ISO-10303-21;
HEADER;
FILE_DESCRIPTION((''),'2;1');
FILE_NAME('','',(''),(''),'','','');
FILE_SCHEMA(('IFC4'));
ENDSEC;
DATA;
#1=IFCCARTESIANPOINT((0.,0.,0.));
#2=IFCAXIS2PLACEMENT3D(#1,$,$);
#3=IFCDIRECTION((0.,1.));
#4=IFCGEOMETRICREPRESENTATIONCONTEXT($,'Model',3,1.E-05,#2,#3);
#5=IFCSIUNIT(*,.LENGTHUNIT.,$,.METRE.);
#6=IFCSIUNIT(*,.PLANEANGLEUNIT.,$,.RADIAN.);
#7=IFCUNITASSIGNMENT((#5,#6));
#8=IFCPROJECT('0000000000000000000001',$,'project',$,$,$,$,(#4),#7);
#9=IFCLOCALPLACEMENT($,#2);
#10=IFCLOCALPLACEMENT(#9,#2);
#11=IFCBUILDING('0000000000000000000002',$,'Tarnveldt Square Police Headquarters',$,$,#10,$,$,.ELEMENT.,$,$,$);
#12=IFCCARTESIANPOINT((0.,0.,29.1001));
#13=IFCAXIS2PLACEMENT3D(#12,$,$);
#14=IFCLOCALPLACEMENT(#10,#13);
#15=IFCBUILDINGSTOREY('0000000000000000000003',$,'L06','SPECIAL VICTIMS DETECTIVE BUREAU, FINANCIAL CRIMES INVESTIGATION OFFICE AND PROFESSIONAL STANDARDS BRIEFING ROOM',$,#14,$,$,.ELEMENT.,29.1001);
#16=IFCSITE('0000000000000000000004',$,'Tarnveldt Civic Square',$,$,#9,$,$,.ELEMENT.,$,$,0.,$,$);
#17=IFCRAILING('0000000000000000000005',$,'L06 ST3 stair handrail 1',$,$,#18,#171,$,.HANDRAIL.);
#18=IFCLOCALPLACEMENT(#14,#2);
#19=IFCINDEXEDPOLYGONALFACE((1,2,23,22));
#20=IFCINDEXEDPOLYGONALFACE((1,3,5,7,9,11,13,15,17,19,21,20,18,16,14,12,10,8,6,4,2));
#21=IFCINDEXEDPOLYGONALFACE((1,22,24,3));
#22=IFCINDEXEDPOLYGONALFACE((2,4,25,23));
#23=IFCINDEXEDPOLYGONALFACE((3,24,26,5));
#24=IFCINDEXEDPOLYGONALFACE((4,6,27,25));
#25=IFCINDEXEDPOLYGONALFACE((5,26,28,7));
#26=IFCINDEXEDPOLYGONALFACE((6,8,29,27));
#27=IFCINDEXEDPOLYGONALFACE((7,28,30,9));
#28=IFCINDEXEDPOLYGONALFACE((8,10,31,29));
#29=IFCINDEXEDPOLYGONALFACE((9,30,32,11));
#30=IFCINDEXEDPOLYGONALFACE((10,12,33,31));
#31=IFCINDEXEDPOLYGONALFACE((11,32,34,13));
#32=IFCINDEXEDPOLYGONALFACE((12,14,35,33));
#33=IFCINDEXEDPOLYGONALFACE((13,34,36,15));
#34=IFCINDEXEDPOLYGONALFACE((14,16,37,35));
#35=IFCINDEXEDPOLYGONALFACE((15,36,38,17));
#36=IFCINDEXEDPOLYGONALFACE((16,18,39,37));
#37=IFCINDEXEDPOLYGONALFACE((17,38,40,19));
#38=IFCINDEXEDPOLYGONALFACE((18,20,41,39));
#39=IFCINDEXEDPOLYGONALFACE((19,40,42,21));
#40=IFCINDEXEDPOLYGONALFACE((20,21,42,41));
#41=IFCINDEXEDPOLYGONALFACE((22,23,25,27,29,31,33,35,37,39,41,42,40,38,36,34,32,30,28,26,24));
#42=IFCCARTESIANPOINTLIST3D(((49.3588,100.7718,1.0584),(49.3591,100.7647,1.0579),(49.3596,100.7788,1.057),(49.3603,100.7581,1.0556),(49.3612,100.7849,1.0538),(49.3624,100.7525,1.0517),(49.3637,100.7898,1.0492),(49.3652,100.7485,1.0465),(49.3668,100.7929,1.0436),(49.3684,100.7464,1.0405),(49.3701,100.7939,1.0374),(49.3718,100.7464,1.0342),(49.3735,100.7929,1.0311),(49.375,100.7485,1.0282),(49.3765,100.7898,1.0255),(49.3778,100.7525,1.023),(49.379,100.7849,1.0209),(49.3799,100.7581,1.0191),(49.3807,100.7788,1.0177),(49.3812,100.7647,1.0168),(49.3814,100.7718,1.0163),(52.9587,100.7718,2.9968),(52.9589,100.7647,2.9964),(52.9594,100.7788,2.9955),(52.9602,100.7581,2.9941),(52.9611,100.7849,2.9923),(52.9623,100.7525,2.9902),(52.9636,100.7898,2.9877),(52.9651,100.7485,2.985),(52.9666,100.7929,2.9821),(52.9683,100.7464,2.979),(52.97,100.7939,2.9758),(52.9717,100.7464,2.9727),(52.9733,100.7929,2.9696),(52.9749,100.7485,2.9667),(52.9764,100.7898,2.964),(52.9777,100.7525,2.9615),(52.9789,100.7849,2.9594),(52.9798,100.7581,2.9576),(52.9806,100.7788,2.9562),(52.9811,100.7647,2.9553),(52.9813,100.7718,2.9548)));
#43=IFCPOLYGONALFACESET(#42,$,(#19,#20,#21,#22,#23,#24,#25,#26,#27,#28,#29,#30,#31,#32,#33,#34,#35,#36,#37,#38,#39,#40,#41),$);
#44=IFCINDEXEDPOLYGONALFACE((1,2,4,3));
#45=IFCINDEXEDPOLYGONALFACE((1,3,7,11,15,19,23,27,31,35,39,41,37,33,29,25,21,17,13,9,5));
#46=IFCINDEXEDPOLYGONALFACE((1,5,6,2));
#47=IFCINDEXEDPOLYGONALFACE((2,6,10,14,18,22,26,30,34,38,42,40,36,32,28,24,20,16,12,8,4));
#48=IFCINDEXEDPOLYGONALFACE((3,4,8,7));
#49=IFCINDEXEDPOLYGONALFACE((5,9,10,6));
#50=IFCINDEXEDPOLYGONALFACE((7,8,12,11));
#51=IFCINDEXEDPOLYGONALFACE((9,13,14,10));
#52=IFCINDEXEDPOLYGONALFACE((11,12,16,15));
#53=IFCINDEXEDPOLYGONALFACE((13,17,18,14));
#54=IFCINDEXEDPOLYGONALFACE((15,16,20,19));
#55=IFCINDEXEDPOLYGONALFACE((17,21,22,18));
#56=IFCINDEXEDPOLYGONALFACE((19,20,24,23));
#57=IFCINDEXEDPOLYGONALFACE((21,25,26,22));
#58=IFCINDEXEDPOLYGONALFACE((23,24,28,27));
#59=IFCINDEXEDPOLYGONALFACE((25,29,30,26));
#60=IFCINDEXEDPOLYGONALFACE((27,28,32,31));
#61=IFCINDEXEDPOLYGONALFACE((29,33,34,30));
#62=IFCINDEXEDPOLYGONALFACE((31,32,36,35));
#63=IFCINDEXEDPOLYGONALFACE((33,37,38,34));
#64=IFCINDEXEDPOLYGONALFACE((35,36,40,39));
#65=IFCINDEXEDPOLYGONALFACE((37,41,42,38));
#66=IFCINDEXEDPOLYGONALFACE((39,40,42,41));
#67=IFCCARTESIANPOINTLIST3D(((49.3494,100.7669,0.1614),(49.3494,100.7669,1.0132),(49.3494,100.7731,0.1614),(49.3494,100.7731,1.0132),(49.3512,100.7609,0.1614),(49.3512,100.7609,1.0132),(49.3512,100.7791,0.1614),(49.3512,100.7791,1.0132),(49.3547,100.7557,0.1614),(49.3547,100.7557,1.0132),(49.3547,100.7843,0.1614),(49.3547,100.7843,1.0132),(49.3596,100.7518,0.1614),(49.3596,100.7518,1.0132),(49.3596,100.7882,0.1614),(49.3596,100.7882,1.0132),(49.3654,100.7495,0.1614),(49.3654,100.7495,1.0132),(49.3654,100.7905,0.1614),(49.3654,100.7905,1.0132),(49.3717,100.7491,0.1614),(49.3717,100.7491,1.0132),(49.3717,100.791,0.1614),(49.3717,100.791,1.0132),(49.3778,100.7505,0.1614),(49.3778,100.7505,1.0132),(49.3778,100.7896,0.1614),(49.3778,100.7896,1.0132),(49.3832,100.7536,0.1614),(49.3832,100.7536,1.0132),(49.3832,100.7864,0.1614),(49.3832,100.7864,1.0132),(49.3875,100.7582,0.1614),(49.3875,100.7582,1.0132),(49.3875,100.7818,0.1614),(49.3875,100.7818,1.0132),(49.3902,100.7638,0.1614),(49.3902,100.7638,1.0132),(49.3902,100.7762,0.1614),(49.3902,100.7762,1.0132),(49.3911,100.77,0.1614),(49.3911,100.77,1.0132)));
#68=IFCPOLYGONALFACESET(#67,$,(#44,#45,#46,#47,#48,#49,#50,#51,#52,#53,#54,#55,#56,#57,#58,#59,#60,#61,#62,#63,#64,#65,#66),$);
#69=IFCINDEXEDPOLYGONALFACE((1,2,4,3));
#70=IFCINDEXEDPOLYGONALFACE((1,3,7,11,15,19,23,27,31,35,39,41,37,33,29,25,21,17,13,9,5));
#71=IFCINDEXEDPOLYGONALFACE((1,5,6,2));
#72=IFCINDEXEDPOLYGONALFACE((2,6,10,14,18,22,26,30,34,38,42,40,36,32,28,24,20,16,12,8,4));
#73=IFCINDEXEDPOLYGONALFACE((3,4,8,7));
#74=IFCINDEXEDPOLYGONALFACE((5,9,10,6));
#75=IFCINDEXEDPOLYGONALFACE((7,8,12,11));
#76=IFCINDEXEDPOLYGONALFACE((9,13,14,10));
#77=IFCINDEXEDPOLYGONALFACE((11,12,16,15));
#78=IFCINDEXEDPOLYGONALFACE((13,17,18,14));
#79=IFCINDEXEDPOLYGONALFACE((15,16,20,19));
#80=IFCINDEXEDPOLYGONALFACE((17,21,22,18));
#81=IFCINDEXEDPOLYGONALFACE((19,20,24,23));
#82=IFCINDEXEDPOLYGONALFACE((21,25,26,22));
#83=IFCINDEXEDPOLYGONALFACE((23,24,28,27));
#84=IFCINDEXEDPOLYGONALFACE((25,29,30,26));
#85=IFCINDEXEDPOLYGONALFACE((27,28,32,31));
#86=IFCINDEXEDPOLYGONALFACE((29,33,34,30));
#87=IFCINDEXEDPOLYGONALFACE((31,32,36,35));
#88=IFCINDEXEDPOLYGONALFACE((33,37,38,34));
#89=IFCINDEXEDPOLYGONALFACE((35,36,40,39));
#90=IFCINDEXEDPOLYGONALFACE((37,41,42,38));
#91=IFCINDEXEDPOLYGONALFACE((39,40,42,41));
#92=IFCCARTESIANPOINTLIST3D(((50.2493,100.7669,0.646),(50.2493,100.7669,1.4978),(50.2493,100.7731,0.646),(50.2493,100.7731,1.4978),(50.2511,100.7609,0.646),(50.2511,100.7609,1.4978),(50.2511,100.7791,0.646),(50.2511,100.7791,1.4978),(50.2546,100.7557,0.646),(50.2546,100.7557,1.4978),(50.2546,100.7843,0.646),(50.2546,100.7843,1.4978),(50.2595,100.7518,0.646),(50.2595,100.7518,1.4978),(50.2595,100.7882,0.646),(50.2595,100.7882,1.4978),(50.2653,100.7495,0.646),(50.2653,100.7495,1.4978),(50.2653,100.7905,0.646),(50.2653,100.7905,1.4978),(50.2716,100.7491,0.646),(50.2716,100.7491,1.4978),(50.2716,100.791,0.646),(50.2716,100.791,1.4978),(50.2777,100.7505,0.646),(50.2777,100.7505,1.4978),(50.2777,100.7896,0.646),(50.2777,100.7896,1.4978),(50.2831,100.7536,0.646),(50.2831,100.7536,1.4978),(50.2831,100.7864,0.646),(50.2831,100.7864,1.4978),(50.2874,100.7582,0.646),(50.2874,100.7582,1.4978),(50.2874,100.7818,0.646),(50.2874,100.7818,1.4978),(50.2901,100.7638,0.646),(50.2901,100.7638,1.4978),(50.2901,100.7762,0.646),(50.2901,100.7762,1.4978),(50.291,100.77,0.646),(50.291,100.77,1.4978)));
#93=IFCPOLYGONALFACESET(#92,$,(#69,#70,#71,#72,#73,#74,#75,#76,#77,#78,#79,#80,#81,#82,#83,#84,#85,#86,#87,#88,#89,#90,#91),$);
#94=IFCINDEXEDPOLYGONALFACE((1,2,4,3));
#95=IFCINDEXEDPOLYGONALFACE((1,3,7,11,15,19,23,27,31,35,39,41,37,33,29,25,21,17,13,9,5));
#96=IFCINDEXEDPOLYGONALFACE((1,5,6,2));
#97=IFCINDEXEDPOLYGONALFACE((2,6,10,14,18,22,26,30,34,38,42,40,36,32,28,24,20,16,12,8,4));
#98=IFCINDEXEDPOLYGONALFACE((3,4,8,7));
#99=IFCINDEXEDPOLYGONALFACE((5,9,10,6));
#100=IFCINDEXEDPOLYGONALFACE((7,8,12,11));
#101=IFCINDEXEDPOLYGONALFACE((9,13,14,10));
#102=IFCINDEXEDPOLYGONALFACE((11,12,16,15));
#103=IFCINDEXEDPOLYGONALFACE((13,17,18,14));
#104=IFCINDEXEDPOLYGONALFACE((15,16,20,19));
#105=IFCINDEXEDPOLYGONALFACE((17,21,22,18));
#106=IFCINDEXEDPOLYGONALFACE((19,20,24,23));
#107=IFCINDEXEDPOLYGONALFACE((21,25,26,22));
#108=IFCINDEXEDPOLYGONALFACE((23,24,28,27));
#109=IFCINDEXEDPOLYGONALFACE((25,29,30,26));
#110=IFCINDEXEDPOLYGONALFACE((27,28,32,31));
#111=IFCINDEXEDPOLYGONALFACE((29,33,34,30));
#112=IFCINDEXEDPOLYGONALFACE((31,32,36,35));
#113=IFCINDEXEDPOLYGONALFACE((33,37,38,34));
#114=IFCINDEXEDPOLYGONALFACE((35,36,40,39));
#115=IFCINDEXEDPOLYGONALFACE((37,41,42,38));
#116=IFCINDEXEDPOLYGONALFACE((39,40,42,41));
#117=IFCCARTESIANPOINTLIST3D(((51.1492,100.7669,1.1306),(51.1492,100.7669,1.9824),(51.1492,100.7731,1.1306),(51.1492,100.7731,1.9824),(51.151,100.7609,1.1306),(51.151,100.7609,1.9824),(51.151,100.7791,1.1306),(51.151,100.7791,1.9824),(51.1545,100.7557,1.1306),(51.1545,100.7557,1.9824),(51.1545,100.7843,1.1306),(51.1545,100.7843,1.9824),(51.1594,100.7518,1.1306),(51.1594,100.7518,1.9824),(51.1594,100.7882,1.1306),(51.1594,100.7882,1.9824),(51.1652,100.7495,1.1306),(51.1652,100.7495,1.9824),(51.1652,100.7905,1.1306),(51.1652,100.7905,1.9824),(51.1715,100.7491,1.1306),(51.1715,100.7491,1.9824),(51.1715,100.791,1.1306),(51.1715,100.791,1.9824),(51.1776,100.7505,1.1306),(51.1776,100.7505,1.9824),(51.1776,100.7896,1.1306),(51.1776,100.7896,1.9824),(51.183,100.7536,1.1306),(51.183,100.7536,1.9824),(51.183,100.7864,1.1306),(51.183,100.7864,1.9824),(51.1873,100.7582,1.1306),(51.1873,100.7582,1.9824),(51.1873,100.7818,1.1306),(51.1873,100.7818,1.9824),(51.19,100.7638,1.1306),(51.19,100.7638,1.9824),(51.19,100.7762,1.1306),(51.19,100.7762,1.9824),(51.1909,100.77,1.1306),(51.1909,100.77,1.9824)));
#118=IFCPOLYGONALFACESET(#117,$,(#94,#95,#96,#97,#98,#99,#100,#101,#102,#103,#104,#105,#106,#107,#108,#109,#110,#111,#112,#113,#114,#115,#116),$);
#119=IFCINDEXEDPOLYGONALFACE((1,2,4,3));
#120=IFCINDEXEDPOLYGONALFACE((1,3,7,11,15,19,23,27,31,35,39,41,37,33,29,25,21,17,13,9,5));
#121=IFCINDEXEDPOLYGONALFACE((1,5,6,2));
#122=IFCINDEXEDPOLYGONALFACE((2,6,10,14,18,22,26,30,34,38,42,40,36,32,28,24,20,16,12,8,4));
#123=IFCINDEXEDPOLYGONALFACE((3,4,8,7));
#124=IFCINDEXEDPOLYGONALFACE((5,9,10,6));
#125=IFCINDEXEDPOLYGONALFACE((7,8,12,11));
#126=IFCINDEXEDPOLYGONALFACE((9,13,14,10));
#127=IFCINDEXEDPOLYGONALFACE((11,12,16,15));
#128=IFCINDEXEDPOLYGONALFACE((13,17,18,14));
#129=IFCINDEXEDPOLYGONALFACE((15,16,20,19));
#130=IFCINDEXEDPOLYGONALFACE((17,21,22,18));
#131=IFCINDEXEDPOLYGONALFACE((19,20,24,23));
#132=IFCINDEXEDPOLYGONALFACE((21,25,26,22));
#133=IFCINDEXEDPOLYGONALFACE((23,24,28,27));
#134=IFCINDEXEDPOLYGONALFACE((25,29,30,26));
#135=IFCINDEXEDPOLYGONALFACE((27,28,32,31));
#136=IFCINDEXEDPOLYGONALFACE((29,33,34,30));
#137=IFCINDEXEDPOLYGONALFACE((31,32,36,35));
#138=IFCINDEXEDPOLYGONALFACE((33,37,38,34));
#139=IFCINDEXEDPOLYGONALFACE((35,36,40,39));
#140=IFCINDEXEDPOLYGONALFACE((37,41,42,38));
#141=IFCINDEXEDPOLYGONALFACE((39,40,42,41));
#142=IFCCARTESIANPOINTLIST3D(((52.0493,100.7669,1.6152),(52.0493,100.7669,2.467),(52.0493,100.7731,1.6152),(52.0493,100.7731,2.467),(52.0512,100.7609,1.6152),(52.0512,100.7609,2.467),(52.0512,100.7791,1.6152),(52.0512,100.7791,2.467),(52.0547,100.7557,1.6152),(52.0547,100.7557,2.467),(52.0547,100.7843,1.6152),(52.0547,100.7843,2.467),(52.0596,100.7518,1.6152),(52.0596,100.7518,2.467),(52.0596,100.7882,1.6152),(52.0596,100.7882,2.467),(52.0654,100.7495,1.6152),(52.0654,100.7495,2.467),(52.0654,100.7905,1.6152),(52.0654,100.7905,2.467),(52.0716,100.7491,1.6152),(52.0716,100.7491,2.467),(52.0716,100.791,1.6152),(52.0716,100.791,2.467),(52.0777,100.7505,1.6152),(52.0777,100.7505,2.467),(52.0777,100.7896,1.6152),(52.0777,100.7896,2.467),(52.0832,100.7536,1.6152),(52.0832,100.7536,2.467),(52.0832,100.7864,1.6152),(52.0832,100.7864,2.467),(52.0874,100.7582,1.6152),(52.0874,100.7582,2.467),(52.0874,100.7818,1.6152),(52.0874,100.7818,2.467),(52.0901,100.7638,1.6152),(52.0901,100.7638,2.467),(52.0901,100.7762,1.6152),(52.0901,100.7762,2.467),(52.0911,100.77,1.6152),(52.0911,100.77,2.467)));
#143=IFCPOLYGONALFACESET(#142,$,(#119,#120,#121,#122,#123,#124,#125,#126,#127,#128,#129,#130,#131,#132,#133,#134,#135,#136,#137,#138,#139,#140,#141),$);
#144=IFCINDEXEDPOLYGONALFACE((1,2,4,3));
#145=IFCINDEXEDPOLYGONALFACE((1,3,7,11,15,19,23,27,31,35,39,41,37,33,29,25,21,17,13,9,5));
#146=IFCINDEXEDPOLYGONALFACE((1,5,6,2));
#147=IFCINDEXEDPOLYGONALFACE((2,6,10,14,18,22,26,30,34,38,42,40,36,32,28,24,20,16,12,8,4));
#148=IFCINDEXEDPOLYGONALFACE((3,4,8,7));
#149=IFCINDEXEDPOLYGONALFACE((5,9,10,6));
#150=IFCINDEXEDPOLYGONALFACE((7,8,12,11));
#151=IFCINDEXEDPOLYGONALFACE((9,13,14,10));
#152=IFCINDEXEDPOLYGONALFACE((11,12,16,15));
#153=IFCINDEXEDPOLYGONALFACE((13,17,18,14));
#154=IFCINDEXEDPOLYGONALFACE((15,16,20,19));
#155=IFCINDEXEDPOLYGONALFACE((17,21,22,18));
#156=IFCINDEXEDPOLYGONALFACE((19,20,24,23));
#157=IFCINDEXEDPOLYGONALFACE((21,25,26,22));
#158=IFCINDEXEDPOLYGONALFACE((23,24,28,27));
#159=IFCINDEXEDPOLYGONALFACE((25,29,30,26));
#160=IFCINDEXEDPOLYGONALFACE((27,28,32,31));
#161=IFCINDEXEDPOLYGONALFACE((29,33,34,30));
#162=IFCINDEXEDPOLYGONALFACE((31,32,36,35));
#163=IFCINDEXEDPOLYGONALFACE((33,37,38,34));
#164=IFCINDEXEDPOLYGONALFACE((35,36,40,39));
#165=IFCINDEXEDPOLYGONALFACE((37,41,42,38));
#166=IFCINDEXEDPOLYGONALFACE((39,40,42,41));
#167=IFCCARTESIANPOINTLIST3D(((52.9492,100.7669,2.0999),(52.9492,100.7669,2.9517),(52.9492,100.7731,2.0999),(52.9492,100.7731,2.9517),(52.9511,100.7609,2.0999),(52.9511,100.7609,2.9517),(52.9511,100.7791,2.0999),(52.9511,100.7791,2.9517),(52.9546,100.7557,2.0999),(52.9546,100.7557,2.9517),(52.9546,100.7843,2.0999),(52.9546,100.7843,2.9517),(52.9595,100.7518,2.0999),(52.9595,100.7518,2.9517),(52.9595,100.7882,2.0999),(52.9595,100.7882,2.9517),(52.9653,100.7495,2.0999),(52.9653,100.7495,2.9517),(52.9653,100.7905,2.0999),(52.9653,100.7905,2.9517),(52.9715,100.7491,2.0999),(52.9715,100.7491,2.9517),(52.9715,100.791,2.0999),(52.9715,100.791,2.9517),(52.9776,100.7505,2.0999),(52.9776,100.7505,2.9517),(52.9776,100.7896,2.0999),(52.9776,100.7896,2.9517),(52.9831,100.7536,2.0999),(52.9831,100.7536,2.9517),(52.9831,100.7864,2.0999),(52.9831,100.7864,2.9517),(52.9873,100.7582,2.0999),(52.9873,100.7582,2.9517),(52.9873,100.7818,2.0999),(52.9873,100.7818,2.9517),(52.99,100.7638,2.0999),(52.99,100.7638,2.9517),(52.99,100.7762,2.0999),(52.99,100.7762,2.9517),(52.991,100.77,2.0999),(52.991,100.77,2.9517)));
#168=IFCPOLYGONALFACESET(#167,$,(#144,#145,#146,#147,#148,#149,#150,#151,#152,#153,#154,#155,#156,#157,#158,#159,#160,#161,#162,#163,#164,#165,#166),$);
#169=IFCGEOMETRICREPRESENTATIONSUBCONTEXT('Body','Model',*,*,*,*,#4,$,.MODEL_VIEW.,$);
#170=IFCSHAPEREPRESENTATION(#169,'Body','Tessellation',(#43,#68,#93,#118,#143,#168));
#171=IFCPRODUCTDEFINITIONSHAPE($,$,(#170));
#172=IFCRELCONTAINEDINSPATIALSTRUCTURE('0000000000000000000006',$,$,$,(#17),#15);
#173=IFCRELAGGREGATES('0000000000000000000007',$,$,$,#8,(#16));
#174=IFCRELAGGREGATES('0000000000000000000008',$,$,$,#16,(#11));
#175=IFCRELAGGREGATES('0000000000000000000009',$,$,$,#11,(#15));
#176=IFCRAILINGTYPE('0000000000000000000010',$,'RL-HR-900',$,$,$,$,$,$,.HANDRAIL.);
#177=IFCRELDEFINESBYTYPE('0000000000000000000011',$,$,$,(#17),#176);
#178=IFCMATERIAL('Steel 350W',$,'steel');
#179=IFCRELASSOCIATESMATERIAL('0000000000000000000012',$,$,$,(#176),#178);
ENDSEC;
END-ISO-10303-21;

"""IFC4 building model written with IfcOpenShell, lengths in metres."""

from ifc_helpers import new_model, si_unit, direction, frame, origin, origin_2d, place, context, subcontext, project, spatial, circle, extrude, material, type_object, element, save


model = new_model("IFC4")

# Units and contexts
model_context = context("Model", 3, precision=1e-05, world=origin(), true_north=direction((0.0, 1.0)))
body_context = subcontext(model_context, "Body", "Model", "MODEL_VIEW")
ifc_project = project(units=[si_unit("LENGTHUNIT", "METRE"), si_unit("PLANEANGLEUNIT", "RADIAN")], contexts=[model_context])

# Site, building, storey
site_placement = place(None, origin())
site = spatial("IfcSite", under=ifc_project, at=site_placement, Name="Tarnveldt Civic Square", CompositionType="ELEMENT", RefElevation=0.0)
building_placement = place(site_placement, origin())
building = spatial("IfcBuilding", under=site, at=building_placement, Name="Tarnveldt Square Police Headquarters", CompositionType="ELEMENT")
storey_placement = place(building_placement, frame((0.0, 0.0, 29.1001)))
storey = spatial("IfcBuildingStorey", under=building, at=storey_placement, Name="L06", Description="SPECIAL VICTIMS DETECTIVE BUREAU, FINANCIAL CRIMES INVESTIGATION OFFICE AND PROFESSIONAL STANDARDS BRIEFING ROOM", CompositionType="ELEMENT", Elevation=29.1001)

# Shared definitions
ifc_material_1 = material(Name="Steel 350W", Category="steel")

# Railing
railing_type_1 = type_object("IfcRailingType", Name="RL-HR-900", PredefinedType="HANDRAIL", material=ifc_material_1)
railing_1_placement = place(storey_placement, frame((49.3701, 100.77, 0.1614)))
element("IfcRailing", 1, at=railing_1_placement, inside=storey, type_object=railing_type_1, Name="L06 ST3 stair handrail 1", PredefinedType="HANDRAIL", context=body_context, shape_type="SweptSolid", body=[
    extrude(circle(Radius=0.0239, at=origin_2d()), frame((0.0, 0.0, 0.876), z_axis=(0.880462, 0.0, 0.474118), x_axis=(0.0, 1.0, 0.0)), (0.0, 0.0, 1.0), 4.0886),
    extrude(circle(Radius=0.021, at=origin_2d()), origin(), (0.0, 0.0, 1.0), 0.8518),
    extrude(circle(Radius=0.021, at=origin_2d()), frame((0.8999, 0.0, 0.4846)), (0.0, 0.0, 1.0), 0.8518),
    extrude(circle(Radius=0.021, at=origin_2d()), frame((1.7998, 0.0, 0.9692)), (0.0, 0.0, 1.0), 0.8518),
    extrude(circle(Radius=0.021, at=origin_2d()), frame((2.7, 0.0, 1.4539)), (0.0, 0.0, 1.0), 0.8518),
    extrude(circle(Radius=0.021, at=origin_2d()), frame((3.5999, 0.0, 1.9385)), (0.0, 0.0, 1.0), 0.8518),
])

save(model, "model.ifc")
